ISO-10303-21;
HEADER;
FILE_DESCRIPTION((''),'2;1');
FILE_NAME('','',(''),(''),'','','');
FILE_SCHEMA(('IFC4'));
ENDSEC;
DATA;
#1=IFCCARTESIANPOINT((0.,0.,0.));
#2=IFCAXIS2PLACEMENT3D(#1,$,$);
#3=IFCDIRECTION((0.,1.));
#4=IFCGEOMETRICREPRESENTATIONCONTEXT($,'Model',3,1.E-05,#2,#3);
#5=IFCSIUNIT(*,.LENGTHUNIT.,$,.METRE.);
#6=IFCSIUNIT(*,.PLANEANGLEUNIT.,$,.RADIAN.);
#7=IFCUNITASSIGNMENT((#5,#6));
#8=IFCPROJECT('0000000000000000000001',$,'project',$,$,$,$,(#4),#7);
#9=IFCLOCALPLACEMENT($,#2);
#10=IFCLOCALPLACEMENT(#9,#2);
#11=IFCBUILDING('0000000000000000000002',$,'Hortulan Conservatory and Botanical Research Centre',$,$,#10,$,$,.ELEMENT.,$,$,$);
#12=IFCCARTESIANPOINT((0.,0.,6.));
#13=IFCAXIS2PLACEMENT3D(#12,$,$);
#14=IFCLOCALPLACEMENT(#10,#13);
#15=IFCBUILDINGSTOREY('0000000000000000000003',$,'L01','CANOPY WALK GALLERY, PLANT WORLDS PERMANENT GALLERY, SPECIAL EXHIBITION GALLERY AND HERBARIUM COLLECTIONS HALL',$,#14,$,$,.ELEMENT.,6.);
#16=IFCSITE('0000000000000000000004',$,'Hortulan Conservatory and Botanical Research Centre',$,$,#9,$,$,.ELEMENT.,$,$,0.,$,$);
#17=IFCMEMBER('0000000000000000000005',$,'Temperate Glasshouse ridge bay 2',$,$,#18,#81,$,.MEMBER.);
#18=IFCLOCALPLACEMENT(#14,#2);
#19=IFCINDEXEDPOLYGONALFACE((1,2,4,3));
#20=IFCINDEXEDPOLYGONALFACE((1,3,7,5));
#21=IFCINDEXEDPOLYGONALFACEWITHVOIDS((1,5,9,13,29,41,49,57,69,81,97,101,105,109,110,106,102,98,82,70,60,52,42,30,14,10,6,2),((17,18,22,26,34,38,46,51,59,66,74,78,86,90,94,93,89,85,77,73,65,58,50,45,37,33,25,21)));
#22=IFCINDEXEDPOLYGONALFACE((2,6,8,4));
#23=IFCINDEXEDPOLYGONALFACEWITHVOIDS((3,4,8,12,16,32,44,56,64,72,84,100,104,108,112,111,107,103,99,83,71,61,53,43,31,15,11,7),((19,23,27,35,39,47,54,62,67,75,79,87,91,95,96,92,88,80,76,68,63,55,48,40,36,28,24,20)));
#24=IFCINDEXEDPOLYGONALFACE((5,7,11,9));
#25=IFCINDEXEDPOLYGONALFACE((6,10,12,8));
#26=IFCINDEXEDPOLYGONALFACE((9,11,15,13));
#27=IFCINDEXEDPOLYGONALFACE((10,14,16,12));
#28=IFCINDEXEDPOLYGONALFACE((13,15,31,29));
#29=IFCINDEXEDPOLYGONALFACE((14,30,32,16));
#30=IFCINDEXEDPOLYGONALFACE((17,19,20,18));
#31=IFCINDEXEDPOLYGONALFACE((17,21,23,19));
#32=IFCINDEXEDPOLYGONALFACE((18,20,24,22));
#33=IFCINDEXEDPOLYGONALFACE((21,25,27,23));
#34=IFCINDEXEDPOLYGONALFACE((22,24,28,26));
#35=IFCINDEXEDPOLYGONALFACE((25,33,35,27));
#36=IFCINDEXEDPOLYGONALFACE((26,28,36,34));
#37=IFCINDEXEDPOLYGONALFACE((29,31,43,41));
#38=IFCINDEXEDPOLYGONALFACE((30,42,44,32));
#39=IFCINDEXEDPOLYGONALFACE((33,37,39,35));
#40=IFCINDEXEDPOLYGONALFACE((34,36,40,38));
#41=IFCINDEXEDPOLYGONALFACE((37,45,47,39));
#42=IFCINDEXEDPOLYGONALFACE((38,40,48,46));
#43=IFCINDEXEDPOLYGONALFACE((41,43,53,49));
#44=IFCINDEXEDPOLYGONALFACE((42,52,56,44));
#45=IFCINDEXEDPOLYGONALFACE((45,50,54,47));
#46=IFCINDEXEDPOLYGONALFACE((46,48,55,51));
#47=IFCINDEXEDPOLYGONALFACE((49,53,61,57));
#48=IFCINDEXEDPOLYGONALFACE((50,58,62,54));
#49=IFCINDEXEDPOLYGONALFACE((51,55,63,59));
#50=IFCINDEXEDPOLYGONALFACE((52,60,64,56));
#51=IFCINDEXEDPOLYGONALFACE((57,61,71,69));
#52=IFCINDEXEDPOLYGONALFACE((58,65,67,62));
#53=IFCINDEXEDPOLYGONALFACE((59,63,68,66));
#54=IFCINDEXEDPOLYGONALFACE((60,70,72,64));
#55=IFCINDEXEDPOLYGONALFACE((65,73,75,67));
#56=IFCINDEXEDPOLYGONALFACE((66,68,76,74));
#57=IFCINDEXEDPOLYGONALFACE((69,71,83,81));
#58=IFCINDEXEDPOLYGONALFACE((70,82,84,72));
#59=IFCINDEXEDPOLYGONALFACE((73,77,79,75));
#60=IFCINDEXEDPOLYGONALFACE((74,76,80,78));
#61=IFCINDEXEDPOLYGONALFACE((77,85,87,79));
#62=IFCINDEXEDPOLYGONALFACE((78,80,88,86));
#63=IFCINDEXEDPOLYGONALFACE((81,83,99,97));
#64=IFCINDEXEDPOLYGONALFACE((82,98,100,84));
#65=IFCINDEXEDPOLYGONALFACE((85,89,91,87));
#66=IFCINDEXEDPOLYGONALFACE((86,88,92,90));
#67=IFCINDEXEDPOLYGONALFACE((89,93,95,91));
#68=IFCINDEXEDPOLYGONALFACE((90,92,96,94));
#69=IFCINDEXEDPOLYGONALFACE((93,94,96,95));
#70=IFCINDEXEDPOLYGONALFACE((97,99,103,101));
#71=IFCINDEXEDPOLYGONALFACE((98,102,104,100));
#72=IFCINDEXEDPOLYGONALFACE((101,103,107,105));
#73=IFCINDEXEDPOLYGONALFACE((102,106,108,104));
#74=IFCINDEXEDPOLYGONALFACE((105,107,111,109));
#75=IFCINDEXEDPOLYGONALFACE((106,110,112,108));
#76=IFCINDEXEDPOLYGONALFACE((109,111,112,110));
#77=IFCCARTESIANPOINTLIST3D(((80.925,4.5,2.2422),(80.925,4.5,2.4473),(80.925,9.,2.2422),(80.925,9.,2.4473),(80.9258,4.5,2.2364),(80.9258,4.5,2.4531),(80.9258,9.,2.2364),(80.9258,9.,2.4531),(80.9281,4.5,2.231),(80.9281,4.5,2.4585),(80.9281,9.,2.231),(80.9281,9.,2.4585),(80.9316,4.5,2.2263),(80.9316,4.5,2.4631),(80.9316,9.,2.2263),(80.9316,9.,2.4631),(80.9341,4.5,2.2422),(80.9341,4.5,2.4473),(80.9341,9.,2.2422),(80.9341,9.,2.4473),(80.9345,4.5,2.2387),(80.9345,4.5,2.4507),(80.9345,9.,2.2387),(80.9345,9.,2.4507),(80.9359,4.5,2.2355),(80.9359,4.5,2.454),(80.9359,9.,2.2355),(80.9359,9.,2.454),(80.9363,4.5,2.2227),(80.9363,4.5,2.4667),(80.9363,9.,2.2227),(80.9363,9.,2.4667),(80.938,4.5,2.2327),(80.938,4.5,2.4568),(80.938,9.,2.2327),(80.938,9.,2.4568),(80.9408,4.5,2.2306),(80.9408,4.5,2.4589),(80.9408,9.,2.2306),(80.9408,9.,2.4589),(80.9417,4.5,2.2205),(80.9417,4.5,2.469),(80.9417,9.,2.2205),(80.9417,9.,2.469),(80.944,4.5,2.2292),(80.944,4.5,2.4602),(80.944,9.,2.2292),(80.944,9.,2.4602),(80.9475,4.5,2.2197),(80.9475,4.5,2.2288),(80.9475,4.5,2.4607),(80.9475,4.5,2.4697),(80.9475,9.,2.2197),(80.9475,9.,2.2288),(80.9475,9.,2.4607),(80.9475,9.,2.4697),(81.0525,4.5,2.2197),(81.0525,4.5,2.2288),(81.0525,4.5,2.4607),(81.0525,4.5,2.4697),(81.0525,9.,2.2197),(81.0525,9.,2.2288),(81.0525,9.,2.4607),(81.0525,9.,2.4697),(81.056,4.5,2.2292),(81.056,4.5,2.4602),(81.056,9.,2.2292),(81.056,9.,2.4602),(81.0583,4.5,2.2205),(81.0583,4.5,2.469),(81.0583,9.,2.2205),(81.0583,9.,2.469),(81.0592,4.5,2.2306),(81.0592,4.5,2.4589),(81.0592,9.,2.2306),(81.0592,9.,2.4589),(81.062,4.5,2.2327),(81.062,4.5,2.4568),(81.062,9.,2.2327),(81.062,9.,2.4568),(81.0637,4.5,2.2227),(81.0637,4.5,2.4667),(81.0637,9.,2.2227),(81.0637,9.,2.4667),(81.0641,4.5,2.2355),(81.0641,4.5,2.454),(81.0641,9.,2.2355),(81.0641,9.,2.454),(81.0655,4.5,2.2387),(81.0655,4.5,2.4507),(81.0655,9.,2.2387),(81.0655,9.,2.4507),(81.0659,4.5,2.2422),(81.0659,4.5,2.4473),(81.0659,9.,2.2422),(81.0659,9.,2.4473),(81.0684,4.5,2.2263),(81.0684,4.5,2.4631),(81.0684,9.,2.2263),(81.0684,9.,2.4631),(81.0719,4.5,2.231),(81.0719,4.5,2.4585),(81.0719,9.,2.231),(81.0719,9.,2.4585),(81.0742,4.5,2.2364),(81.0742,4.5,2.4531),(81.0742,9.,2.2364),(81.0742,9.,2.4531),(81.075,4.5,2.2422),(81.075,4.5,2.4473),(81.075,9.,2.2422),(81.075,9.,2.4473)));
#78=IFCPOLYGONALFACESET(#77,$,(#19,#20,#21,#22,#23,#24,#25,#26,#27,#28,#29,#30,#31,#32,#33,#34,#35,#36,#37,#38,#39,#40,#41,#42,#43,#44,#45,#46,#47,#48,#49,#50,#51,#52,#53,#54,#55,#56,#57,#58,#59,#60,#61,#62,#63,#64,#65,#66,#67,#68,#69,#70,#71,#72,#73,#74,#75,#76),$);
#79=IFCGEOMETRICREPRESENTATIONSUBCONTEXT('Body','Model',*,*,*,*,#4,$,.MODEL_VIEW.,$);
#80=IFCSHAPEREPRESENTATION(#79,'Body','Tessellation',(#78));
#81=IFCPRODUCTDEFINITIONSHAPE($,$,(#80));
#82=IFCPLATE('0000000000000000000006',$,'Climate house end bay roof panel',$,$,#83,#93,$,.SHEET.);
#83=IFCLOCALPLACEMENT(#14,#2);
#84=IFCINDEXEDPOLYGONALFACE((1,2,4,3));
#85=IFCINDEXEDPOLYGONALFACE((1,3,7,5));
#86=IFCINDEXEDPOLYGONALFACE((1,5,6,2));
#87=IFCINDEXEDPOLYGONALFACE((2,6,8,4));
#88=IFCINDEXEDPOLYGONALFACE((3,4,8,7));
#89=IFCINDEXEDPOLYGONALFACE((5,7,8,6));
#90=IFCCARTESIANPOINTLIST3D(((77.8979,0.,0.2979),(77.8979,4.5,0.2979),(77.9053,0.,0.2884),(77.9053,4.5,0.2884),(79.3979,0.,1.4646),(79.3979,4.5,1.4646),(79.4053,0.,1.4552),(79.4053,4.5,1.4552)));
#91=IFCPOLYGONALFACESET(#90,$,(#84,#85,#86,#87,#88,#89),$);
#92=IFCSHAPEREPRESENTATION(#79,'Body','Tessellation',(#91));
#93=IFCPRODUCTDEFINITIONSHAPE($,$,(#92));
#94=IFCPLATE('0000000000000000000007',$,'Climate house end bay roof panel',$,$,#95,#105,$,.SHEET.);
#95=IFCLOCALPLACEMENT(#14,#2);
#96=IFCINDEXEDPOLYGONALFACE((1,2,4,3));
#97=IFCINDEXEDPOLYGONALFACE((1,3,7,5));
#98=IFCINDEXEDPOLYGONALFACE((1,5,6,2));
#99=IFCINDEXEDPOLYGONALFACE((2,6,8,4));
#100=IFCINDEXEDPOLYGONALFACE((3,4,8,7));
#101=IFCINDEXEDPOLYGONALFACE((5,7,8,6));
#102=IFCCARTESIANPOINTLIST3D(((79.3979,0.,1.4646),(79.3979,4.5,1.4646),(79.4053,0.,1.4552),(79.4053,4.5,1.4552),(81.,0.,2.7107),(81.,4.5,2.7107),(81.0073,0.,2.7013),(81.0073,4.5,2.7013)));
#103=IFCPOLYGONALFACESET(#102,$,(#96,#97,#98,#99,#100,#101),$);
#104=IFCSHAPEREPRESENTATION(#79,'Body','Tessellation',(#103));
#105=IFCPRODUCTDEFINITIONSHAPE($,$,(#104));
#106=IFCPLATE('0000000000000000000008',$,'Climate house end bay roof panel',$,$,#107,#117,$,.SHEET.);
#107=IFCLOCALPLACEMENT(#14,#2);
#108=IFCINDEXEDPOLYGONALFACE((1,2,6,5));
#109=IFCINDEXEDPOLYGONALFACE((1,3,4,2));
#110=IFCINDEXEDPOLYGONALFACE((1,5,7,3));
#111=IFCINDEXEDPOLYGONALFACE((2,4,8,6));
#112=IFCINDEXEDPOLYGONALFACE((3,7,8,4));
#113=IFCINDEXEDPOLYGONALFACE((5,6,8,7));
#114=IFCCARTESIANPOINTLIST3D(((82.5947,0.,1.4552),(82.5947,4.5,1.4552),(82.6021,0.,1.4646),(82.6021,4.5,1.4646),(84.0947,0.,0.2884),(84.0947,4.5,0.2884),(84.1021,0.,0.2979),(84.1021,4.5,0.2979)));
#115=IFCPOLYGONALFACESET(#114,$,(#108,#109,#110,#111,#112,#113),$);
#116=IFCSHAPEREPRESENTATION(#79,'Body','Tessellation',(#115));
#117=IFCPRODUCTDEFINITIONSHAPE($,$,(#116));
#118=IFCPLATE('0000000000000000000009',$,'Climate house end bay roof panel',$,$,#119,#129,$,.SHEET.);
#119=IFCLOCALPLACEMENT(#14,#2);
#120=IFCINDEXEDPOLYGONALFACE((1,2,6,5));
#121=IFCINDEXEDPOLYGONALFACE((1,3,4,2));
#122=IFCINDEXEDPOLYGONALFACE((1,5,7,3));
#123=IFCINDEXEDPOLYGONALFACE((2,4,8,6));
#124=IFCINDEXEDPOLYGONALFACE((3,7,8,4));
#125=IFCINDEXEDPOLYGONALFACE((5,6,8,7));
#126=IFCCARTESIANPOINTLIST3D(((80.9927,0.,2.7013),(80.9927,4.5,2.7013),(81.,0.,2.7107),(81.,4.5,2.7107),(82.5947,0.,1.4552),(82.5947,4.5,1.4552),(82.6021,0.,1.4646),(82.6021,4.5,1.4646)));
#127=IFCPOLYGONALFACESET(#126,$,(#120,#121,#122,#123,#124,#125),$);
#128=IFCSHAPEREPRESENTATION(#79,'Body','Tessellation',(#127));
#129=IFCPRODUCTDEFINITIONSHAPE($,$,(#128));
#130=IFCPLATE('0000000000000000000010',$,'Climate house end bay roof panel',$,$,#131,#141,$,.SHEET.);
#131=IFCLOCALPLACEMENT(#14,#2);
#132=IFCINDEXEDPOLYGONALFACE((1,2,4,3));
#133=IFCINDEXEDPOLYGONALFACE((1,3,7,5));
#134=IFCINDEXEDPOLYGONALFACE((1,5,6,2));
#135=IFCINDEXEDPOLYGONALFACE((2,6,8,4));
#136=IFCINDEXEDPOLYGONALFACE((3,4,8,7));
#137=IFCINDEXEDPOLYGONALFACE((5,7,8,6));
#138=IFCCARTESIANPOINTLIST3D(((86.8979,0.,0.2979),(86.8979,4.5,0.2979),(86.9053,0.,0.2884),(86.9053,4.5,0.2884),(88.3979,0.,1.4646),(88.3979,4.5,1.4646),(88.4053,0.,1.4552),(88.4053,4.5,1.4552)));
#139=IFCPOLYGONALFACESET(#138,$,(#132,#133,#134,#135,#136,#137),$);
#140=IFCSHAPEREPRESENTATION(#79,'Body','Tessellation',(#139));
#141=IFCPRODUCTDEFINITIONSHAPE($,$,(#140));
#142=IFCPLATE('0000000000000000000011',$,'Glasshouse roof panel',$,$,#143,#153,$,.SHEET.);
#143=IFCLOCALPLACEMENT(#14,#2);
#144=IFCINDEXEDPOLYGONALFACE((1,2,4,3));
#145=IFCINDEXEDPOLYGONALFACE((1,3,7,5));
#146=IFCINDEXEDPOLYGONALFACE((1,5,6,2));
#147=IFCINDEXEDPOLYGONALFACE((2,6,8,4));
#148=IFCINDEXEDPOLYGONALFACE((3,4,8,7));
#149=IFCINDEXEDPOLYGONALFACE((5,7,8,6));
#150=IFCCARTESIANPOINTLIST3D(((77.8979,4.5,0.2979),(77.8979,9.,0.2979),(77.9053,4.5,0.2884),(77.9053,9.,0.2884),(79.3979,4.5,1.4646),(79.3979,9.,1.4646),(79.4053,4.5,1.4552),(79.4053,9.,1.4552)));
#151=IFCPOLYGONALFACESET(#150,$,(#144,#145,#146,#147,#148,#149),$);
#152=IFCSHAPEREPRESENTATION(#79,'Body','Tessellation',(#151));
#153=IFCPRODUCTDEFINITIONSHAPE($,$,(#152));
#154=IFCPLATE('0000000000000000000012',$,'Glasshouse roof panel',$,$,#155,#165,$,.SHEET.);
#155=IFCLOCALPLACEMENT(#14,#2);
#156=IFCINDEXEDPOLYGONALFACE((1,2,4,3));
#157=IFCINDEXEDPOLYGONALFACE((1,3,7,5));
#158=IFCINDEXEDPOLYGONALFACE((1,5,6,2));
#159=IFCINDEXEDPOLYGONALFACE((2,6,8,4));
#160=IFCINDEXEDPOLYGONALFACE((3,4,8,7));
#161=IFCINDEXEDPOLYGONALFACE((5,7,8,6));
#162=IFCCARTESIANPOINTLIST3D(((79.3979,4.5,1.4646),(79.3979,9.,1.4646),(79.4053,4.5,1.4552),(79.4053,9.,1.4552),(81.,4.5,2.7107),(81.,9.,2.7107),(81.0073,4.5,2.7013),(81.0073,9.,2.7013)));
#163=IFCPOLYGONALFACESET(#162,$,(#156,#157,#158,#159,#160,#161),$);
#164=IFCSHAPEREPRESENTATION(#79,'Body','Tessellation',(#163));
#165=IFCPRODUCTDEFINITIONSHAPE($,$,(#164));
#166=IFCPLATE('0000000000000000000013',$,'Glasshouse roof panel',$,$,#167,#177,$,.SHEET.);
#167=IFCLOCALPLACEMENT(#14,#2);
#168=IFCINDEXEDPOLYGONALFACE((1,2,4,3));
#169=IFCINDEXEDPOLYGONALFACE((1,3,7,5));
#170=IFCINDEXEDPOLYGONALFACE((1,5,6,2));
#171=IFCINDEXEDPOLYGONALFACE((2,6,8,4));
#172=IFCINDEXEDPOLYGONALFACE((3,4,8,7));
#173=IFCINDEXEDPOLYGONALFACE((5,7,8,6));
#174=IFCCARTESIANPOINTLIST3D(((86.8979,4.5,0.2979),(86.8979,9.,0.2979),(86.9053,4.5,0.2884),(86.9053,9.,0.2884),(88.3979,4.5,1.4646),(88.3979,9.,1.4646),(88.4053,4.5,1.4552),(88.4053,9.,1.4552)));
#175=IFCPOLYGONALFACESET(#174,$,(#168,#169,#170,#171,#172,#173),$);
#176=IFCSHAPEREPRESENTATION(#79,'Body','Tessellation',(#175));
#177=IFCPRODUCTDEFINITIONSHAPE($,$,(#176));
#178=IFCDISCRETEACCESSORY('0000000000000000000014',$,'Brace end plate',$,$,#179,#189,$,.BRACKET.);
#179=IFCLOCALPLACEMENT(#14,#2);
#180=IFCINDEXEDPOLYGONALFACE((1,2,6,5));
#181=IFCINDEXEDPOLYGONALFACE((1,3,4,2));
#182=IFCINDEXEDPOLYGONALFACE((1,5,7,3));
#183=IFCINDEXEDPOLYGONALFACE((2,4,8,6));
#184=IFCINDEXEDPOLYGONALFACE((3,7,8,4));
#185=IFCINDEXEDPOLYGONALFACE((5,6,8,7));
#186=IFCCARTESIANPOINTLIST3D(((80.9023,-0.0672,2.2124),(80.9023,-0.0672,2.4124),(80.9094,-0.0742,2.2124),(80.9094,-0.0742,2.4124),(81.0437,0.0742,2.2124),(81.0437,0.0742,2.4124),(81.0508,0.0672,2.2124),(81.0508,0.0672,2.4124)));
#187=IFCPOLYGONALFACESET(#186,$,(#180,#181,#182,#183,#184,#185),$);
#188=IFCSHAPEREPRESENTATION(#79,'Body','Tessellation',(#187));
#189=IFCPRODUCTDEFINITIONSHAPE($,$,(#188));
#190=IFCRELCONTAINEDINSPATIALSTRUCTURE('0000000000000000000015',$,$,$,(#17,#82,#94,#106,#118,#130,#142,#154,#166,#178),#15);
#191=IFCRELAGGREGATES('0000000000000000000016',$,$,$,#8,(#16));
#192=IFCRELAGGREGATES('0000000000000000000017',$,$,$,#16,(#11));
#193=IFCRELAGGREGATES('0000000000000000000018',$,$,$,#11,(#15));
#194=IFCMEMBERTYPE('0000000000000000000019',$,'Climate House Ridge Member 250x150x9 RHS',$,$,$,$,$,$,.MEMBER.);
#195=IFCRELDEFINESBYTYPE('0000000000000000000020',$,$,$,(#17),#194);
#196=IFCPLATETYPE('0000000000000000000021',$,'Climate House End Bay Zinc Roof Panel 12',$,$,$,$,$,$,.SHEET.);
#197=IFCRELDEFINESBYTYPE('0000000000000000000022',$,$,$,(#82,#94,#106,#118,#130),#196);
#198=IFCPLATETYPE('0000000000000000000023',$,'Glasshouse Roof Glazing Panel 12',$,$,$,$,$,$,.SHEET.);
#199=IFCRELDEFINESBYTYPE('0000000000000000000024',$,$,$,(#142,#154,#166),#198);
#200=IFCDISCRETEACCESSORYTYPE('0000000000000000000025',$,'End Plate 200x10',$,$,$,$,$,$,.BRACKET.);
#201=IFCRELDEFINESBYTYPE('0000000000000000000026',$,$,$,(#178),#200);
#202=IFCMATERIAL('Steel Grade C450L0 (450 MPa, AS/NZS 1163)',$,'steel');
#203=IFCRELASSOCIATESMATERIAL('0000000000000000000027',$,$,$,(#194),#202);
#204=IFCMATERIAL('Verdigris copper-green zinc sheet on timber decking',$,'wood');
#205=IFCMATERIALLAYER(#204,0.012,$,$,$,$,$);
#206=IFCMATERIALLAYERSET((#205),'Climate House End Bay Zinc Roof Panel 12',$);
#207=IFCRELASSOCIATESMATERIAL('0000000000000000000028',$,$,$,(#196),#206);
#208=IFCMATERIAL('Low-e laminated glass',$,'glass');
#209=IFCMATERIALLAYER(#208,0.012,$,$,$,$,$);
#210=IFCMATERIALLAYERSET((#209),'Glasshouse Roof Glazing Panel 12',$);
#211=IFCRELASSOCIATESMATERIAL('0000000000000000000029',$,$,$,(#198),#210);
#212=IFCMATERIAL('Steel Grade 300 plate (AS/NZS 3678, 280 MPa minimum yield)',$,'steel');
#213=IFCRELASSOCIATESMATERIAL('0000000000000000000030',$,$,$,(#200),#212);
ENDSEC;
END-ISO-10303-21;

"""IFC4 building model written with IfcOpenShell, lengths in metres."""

from ifc_helpers import new_model, si_unit, direction, frame, origin, origin_2d, place, context, subcontext, project, spatial, polyline, rectangle, hollow_rectangle, outline, extrude, material, layer, layer_set, material_profile, profile_set, type_object, element, save


model = new_model("IFC4")

# Units and contexts
model_context = context("Model", 3, precision=1e-05, world=origin(), true_north=direction((0.0, 1.0)))
body_context = subcontext(model_context, "Body", "Model", "MODEL_VIEW")
ifc_project = project(units=[si_unit("LENGTHUNIT", "METRE"), si_unit("PLANEANGLEUNIT", "RADIAN")], contexts=[model_context])

# Site, building, storey
site_placement = place(None, origin())
site = spatial("IfcSite", under=ifc_project, at=site_placement, Name="Hortulan Conservatory and Botanical Research Centre", CompositionType="ELEMENT", RefElevation=0.0)
building_placement = place(site_placement, origin())
building = spatial("IfcBuilding", under=site, at=building_placement, Name="Hortulan Conservatory and Botanical Research Centre", CompositionType="ELEMENT")
storey_placement = place(building_placement, frame((0.0, 0.0, 6.0)))
storey = spatial("IfcBuildingStorey", under=building, at=storey_placement, Name="L01", Description="CANOPY WALK GALLERY, PLANT WORLDS PERMANENT GALLERY, SPECIAL EXHIBITION GALLERY AND HERBARIUM COLLECTIONS HALL", CompositionType="ELEMENT", Elevation=6.0)

# Shared definitions
ifc_material_1 = material(Name="Steel Grade C450L0 (450 MPa, AS/NZS 1163)", Category="steel")

# Member
ifc_material_profile_1 = material_profile(ifc_material_1, hollow_rectangle(XDim=0.1499, YDim=0.25, WallThickness=0.009, InnerFilletRadius=0.0134, OuterFilletRadius=0.0225, at=origin_2d()), Name="250x150x9RHS")
ifc_profile_set_1 = profile_set([ifc_material_profile_1], Name="Steel Grade C450L0 (450 MPa, AS/NZS 1163)")
member_type_1 = type_object("IfcMemberType", Name="Climate House Ridge Member 250x150x9 RHS", PredefinedType="MEMBER", material=ifc_profile_set_1)
for number, where, z_axis, x_axis, name in (
    (1, (81.0, 4.5, 2.3447), (0.0, 1.0, 0.0), (-1.0, 0.0, 0.0), "Temperate Glasshouse ridge bay 2"),
):
    element("IfcMember", number, at=place(storey_placement, frame(where, z_axis=z_axis, x_axis=x_axis)), inside=storey, type_object=member_type_1, Name=name, PredefinedType="MEMBER", context=body_context, shape_type="SweptSolid", body=[
        extrude(hollow_rectangle(XDim=0.1499, YDim=0.25, WallThickness=0.009, InnerFilletRadius=0.0134, OuterFilletRadius=0.0225, at=origin_2d()), origin(), (0.0, 0.0, 1.0), 4.5),
    ])

# Plates
ifc_material_2 = material(Name="Verdigris copper-green zinc sheet on timber decking", Category="wood")
ifc_layer_1 = layer(ifc_material_2, 0.012)
ifc_layer_set_1 = layer_set([ifc_layer_1], Name="Climate House End Bay Zinc Roof Panel 12")
plate_type_1 = type_object("IfcPlateType", Name="Climate House End Bay Zinc Roof Panel 12", PredefinedType="SHEET", material=ifc_layer_set_1)
plate_1_placement = place(storey_placement, frame((77.8979, 0.0, 0.2979), z_axis=(-0.613967, 0.0, 0.789331), x_axis=(0.789331, 0.0, 0.613967)))
element("IfcPlate", 2, at=plate_1_placement, inside=storey, type_object=plate_type_1, Name="Climate house end bay roof panel", PredefinedType="SHEET", context=body_context, shape_type="SweptSolid", body=[
    extrude(outline(polyline([(0.0, 0.0), (1.9003, 0.0), (1.9003, 4.5), (0.0, 4.5), (0.0, 0.0)])), origin(), (0.0, 0.0, -1.0), 0.012),
])
plate_2_placement = place(storey_placement, frame((79.3979, 0.0, 1.4646), z_axis=(-0.613957, 0.0, 0.789339), x_axis=(0.789339, 0.0, 0.613957)))
element("IfcPlate", 3, at=plate_2_placement, inside=storey, type_object=plate_type_1, Name="Climate house end bay roof panel", PredefinedType="SHEET", context=body_context, shape_type="SweptSolid", body=[
    extrude(outline(polyline([(0.0, 0.0), (2.0296, 0.0), (2.0296, 4.5), (0.0, 4.5), (0.0, 0.0)])), origin(), (0.0, 0.0, -1.0), 0.012),
])
plate_3_placement = place(storey_placement, frame((84.1021, 4.5, 0.2979), z_axis=(0.613967, 0.0, 0.789331), x_axis=(-0.789331, 0.0, 0.613967)))
element("IfcPlate", 4, at=plate_3_placement, inside=storey, type_object=plate_type_1, Name="Climate house end bay roof panel", PredefinedType="SHEET", context=body_context, shape_type="SweptSolid", body=[
    extrude(outline(polyline([(0.0, 0.0), (1.9003, 0.0), (1.9003, 4.5), (0.0, 4.5), (0.0, 0.0)])), origin(), (0.0, 0.0, -1.0), 0.012),
])
plate_4_placement = place(storey_placement, frame((82.6021, 4.5, 1.4646), z_axis=(0.613957, 0.0, 0.789339), x_axis=(-0.789339, 0.0, 0.613957)))
element("IfcPlate", 5, at=plate_4_placement, inside=storey, type_object=plate_type_1, Name="Climate house end bay roof panel", PredefinedType="SHEET", context=body_context, shape_type="SweptSolid", body=[
    extrude(outline(polyline([(0.0, 0.0), (2.0296, 0.0), (2.0296, 4.5), (0.0, 4.5), (0.0, 0.0)])), origin(), (0.0, 0.0, -1.0), 0.012),
])
plate_5_placement = place(storey_placement, frame((86.8979, 0.0, 0.2979), z_axis=(-0.613967, 0.0, 0.789331), x_axis=(0.789331, 0.0, 0.613967)))
element("IfcPlate", 6, at=plate_5_placement, inside=storey, type_object=plate_type_1, Name="Climate house end bay roof panel", PredefinedType="SHEET", context=body_context, shape_type="SweptSolid", body=[
    extrude(outline(polyline([(0.0, 0.0), (1.9003, 0.0), (1.9003, 4.5), (0.0, 4.5), (0.0, 0.0)])), origin(), (0.0, 0.0, -1.0), 0.012),
])
ifc_material_3 = material(Name="Low-e laminated glass", Category="glass")
ifc_layer_2 = layer(ifc_material_3, 0.012)
ifc_layer_set_2 = layer_set([ifc_layer_2], Name="Glasshouse Roof Glazing Panel 12")
plate_type_2 = type_object("IfcPlateType", Name="Glasshouse Roof Glazing Panel 12", PredefinedType="SHEET", material=ifc_layer_set_2)
plate_6_placement = place(storey_placement, frame((77.8979, 4.5, 0.2979), z_axis=(-0.613967, 0.0, 0.789331), x_axis=(0.789331, 0.0, 0.613967)))
element("IfcPlate", 7, at=plate_6_placement, inside=storey, type_object=plate_type_2, Name="Glasshouse roof panel", PredefinedType="SHEET", context=body_context, shape_type="SweptSolid", body=[
    extrude(outline(polyline([(0.0, 0.0), (1.9003, 0.0), (1.9003, 4.5), (0.0, 4.5), (0.0, 0.0)])), origin(), (0.0, 0.0, -1.0), 0.012),
])
plate_7_placement = place(storey_placement, frame((79.3979, 4.5, 1.4646), z_axis=(-0.613957, 0.0, 0.789339), x_axis=(0.789339, 0.0, 0.613957)))
element("IfcPlate", 8, at=plate_7_placement, inside=storey, type_object=plate_type_2, Name="Glasshouse roof panel", PredefinedType="SHEET", context=body_context, shape_type="SweptSolid", body=[
    extrude(outline(polyline([(0.0, 0.0), (2.0296, 0.0), (2.0296, 4.5), (0.0, 4.5), (0.0, 0.0)])), origin(), (0.0, 0.0, -1.0), 0.012),
])
plate_8_placement = place(storey_placement, frame((86.8979, 4.5, 0.2979), z_axis=(-0.613967, 0.0, 0.789331), x_axis=(0.789331, 0.0, 0.613967)))
element("IfcPlate", 9, at=plate_8_placement, inside=storey, type_object=plate_type_2, Name="Glasshouse roof panel", PredefinedType="SHEET", context=body_context, shape_type="SweptSolid", body=[
    extrude(outline(polyline([(0.0, 0.0), (1.9003, 0.0), (1.9003, 4.5), (0.0, 4.5), (0.0, 0.0)])), origin(), (0.0, 0.0, -1.0), 0.012),
])

# Discrete accessory
ifc_material_4 = material(Name="Steel Grade 300 plate (AS/NZS 3678, 280 MPa minimum yield)", Category="steel")
discrete_accessory_type = type_object("IfcDiscreteAccessoryType", Name="End Plate 200x10", PredefinedType="BRACKET", material=ifc_material_4)
for number, where, z_axis, x_axis, name in (
    (10, (80.9766, 0.0, 2.2124), (0.0, 0.0, 1.0), (0.707107, 0.707107, 0.0), "Brace end plate"),
):
    element("IfcDiscreteAccessory", number, at=place(storey_placement, frame(where, z_axis=z_axis, x_axis=x_axis)), inside=storey, type_object=discrete_accessory_type, Name=name, PredefinedType="BRACKET", context=body_context, shape_type="SweptSolid", body=[
        extrude(rectangle(XDim=0.2, YDim=0.01, at=origin_2d()), origin(), (0.0, 0.0, 1.0), 0.2),
    ])

save(model, "model.ifc")
